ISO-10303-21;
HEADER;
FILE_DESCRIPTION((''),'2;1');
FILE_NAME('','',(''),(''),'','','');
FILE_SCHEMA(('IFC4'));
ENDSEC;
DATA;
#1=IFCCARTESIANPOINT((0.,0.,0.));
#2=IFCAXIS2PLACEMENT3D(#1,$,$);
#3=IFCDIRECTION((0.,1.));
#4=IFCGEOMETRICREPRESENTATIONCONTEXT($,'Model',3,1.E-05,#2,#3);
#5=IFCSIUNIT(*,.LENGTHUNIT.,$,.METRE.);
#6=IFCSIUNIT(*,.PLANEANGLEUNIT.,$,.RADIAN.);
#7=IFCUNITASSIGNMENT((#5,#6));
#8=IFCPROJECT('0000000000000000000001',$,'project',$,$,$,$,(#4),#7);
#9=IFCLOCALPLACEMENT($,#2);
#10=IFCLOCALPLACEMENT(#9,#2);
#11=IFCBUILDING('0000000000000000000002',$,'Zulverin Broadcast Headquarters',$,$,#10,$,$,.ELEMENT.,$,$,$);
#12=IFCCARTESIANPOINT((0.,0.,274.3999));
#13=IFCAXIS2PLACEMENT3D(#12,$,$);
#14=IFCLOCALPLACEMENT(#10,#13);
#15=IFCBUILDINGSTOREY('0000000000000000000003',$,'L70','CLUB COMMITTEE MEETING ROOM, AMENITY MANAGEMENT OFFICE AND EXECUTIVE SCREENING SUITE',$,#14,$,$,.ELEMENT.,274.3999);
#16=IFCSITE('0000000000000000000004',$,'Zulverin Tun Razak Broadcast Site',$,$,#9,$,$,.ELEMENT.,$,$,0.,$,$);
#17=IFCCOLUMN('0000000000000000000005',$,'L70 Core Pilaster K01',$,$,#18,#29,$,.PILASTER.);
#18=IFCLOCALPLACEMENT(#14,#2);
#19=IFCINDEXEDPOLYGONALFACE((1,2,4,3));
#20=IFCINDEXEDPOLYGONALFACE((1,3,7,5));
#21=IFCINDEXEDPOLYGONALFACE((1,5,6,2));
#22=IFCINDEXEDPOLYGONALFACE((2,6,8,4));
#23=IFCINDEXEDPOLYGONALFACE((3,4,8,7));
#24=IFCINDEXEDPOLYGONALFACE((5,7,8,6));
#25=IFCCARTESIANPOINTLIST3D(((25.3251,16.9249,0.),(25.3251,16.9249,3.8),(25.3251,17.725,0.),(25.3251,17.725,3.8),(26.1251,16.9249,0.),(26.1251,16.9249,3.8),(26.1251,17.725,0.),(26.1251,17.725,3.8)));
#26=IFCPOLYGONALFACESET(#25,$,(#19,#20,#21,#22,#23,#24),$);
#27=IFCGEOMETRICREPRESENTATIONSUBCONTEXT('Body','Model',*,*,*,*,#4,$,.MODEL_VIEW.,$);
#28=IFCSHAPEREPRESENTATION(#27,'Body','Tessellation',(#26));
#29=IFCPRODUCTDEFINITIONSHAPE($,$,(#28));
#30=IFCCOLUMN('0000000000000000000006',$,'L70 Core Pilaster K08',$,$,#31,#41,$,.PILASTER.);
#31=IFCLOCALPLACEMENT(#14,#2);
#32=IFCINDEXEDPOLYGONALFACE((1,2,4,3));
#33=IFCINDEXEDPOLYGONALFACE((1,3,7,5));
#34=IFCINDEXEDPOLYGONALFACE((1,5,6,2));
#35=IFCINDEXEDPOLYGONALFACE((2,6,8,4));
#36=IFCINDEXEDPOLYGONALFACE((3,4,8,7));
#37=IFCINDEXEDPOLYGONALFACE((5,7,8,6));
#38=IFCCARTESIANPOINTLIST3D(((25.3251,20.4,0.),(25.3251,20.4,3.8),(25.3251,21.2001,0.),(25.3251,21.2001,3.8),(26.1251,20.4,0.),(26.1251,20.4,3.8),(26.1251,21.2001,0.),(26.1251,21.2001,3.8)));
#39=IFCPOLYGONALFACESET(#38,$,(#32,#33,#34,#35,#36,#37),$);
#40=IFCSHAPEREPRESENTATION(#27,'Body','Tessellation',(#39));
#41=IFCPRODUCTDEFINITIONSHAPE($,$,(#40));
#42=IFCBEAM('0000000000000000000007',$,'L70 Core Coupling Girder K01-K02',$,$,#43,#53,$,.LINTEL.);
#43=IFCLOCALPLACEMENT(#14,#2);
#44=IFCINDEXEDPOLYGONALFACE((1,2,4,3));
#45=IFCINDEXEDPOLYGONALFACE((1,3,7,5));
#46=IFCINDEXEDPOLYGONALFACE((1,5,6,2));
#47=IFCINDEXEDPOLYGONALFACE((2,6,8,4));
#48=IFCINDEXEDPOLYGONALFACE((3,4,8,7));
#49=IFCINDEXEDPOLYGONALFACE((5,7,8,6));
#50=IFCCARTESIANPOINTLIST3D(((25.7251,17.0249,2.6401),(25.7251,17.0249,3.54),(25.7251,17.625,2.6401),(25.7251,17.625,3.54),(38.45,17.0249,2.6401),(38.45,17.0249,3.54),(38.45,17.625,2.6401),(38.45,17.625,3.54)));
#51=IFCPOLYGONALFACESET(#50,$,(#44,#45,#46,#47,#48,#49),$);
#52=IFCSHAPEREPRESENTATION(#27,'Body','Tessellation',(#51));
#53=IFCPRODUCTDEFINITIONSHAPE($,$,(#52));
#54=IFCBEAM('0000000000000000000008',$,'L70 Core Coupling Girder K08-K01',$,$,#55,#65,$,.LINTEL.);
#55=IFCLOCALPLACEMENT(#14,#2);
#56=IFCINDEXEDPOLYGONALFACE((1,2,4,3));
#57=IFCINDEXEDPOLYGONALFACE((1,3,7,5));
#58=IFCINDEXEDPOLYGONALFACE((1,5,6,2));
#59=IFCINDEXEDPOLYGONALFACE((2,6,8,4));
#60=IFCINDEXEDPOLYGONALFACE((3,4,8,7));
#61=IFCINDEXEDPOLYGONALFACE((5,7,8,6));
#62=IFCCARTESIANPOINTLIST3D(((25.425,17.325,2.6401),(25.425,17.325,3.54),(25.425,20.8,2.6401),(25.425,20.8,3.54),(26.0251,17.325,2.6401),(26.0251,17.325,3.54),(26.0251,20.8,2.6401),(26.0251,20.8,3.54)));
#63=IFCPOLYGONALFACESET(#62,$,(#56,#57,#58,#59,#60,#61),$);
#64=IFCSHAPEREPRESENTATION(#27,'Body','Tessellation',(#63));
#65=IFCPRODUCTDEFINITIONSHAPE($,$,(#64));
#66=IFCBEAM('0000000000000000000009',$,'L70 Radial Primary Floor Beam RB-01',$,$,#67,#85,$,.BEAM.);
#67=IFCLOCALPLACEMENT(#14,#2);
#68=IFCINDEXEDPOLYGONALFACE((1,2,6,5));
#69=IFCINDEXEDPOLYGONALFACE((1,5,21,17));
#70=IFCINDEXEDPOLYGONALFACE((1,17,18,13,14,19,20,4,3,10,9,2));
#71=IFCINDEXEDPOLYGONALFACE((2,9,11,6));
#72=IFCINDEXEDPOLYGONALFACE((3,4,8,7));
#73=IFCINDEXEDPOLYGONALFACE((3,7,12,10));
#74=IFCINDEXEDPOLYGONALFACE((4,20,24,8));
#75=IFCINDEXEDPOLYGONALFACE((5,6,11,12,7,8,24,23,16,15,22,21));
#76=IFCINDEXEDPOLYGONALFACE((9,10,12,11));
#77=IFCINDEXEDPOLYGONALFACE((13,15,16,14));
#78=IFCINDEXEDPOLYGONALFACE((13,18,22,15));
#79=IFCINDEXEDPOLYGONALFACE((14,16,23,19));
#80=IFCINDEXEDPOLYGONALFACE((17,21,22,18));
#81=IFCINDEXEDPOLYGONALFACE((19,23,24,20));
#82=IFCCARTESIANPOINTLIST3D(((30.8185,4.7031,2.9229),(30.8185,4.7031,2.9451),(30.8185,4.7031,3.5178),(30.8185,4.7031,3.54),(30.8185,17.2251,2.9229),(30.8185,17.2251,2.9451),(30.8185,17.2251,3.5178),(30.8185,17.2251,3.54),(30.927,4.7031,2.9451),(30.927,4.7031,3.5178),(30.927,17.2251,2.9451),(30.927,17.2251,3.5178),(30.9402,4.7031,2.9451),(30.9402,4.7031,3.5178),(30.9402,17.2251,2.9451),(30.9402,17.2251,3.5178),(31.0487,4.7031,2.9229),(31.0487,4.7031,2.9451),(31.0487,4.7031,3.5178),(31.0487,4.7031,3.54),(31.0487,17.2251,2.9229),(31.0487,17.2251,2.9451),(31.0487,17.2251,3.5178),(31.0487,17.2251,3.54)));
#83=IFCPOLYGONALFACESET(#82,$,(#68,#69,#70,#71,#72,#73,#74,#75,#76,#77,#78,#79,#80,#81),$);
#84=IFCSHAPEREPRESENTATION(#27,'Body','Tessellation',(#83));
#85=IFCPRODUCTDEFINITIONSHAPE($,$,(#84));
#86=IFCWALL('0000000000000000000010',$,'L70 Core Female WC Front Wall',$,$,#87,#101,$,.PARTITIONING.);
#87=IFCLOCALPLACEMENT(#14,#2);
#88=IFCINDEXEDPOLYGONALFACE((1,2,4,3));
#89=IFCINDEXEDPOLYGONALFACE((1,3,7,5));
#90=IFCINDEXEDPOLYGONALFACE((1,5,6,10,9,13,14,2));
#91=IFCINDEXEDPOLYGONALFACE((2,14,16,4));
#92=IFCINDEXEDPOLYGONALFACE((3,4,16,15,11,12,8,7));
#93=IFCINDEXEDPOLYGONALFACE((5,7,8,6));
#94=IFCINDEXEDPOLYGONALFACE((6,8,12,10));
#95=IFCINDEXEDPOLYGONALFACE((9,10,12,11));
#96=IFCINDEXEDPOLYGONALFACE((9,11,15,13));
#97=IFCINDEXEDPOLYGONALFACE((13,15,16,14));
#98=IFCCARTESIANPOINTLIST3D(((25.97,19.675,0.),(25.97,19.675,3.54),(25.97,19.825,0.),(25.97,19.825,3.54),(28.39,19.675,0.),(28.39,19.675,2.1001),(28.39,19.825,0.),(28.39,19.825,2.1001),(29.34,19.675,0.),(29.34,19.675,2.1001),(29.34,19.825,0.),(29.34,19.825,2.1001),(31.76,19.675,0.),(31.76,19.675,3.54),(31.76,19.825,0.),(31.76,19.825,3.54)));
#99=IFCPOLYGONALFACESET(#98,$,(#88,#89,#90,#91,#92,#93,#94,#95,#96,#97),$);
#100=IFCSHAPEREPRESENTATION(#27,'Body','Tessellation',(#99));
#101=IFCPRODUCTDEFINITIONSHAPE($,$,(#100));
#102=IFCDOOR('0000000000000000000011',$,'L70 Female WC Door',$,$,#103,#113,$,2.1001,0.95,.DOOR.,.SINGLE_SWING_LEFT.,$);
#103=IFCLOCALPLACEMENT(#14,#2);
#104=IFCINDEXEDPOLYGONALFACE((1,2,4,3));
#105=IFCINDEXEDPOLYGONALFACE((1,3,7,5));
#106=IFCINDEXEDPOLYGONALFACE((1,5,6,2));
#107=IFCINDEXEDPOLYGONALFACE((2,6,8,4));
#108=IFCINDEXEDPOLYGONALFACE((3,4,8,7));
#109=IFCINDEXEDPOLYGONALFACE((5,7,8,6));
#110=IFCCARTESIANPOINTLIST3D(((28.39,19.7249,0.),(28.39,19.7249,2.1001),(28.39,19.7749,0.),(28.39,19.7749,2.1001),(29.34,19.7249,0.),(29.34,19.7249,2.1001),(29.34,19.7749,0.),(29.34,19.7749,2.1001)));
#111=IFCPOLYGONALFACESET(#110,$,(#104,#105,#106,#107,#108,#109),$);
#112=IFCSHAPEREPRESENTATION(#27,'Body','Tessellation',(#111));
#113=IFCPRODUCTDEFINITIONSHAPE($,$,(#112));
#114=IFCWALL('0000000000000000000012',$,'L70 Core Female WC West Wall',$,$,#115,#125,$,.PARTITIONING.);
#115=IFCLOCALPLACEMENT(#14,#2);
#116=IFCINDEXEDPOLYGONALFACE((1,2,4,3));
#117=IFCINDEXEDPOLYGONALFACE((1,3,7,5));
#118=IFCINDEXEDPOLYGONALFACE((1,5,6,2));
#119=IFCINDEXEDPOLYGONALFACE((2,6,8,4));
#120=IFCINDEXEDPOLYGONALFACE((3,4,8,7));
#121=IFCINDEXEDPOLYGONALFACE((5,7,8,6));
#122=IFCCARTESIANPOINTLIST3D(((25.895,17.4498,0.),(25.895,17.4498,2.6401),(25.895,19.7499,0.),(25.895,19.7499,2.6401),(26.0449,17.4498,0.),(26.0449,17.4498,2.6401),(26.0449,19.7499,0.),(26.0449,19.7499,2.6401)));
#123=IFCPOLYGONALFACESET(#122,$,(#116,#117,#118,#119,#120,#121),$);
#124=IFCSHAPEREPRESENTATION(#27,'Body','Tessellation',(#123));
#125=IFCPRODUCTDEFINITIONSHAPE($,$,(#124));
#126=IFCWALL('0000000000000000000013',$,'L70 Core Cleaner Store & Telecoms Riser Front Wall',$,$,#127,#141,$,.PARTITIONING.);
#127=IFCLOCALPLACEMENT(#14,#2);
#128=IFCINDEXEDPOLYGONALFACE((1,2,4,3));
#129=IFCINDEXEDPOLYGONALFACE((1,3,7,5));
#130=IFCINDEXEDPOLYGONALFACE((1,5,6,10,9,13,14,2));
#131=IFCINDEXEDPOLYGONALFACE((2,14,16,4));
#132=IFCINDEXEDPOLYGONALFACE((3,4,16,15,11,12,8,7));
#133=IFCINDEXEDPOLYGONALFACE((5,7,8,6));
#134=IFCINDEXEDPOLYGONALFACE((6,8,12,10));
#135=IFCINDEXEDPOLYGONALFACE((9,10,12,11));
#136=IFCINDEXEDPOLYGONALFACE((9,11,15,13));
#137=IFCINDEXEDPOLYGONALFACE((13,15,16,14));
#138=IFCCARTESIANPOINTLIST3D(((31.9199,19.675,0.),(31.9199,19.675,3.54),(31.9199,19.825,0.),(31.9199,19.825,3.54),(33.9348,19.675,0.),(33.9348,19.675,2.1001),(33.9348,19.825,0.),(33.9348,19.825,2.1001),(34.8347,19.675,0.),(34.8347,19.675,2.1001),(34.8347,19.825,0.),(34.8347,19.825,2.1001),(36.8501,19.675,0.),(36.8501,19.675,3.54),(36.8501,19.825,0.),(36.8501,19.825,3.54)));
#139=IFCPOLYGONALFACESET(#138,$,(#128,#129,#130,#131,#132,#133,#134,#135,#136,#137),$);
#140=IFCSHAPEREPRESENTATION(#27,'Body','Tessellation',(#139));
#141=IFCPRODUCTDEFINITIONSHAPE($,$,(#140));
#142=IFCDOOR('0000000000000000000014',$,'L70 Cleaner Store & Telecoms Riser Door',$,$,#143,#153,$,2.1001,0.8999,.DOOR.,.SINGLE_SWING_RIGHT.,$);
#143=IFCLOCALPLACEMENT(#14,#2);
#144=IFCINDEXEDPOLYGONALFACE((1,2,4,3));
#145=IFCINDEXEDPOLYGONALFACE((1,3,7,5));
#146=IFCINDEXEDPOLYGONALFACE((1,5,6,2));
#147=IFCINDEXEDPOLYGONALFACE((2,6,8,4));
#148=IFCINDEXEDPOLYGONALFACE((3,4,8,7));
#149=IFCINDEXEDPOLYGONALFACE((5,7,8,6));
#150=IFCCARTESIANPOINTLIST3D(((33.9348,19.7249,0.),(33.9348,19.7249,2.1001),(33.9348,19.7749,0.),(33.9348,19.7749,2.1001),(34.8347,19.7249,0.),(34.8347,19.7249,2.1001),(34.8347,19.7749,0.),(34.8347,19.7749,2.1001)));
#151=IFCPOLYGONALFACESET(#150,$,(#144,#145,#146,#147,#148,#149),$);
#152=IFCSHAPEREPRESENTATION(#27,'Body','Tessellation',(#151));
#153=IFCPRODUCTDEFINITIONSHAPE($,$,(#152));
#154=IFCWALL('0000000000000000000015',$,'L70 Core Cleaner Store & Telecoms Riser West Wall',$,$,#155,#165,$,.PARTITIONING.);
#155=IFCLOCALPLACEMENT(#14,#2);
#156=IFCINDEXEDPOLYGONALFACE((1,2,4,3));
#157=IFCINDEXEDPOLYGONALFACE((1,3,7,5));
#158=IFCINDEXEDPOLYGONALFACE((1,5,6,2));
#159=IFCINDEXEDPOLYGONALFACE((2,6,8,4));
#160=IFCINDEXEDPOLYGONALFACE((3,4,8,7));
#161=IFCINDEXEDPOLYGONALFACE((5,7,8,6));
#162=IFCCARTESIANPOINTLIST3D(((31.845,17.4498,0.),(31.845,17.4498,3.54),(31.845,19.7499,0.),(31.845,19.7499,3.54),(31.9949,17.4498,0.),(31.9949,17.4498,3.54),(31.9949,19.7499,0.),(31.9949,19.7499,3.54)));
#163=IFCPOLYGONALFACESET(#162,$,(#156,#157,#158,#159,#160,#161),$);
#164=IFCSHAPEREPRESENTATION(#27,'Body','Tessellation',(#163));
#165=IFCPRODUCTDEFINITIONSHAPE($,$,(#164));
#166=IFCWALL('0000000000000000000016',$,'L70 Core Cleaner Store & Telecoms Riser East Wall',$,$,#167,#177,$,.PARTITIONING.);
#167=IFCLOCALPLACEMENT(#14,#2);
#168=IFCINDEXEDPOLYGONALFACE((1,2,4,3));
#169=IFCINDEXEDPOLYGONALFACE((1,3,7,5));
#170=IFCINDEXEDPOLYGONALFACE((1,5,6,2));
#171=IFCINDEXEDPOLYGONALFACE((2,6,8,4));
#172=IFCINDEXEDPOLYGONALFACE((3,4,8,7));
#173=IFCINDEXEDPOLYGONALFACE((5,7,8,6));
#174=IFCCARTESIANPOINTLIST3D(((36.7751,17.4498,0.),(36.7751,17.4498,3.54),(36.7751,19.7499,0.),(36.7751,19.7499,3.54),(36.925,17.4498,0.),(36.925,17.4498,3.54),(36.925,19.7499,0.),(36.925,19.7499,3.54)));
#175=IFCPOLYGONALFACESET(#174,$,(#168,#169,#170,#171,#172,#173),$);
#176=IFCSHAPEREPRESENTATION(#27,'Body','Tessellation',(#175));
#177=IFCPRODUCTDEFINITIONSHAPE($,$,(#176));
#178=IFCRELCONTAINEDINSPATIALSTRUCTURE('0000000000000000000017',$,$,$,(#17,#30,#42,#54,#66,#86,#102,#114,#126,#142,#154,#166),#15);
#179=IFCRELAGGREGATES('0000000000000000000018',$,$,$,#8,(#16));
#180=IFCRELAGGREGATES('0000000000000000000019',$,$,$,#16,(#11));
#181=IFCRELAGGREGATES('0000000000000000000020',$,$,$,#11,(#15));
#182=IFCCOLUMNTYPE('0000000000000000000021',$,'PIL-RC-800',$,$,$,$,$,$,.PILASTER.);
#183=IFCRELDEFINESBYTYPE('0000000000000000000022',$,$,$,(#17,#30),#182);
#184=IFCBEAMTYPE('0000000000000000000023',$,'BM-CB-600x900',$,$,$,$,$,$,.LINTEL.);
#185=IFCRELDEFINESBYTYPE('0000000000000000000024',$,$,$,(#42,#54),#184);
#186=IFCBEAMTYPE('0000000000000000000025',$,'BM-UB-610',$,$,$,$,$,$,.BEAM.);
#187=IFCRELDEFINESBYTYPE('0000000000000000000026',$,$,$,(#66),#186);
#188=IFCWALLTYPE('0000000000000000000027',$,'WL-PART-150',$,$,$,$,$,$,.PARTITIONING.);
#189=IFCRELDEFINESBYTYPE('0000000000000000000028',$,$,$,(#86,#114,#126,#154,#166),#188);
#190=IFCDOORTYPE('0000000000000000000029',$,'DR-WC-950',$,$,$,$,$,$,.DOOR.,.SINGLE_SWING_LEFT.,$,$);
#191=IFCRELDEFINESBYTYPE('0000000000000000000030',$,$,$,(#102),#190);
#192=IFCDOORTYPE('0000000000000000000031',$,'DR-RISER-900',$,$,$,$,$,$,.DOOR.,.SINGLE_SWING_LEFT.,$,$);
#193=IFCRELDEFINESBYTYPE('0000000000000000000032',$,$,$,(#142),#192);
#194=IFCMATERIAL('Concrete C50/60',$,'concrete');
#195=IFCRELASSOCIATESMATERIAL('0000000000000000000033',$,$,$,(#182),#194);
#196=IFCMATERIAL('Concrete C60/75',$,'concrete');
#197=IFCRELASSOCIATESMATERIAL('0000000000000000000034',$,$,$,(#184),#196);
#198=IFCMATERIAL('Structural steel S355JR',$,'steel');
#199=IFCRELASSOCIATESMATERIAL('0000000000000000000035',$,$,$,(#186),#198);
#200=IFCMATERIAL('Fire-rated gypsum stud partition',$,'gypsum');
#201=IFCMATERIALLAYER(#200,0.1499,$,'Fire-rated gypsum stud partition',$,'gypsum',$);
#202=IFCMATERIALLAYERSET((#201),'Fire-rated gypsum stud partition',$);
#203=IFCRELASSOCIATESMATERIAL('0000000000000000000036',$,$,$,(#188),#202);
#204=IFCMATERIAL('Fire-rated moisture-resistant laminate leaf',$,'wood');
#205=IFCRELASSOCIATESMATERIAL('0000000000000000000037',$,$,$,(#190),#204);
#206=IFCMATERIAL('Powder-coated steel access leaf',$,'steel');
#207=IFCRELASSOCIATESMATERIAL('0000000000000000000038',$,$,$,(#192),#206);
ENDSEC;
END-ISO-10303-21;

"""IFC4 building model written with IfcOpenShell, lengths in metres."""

from ifc_helpers import new_model, si_unit, direction, frame, frame_2d, origin, origin_2d, place, context, subcontext, project, spatial, rectangle, i_section, extrude, material, layer, layer_set, material_profile, profile_set, type_object, element, fill, save


model = new_model("IFC4")

# Units and contexts
model_context = context("Model", 3, precision=1e-05, world=origin(), true_north=direction((0.0, 1.0)))
body_context = subcontext(model_context, "Body", "Model", "MODEL_VIEW")
ifc_project = project(units=[si_unit("LENGTHUNIT", "METRE"), si_unit("PLANEANGLEUNIT", "RADIAN")], contexts=[model_context])

# Site, building, storey
site_placement = place(None, origin())
site = spatial("IfcSite", under=ifc_project, at=site_placement, Name="Zulverin Tun Razak Broadcast Site", CompositionType="ELEMENT", RefElevation=0.0)
building_placement = place(site_placement, origin())
building = spatial("IfcBuilding", under=site, at=building_placement, Name="Zulverin Broadcast Headquarters", CompositionType="ELEMENT")
storey_placement = place(building_placement, frame((0.0, 0.0, 274.3999)))
storey = spatial("IfcBuildingStorey", under=building, at=storey_placement, Name="L70", Description="CLUB COMMITTEE MEETING ROOM, AMENITY MANAGEMENT OFFICE AND EXECUTIVE SCREENING SUITE", CompositionType="ELEMENT", Elevation=274.3999)

# Columns
ifc_material_1 = material(Name="Concrete C50/60", Category="concrete")
ifc_material_profile_1 = material_profile(ifc_material_1, rectangle(XDim=0.8, YDim=0.8, at=origin_2d()), Name="Concrete C50/60", Category="concrete")
ifc_profile_set_1 = profile_set([ifc_material_profile_1], Name="Concrete C50/60")
column_type = type_object("IfcColumnType", Name="PIL-RC-800", PredefinedType="PILASTER", material=ifc_profile_set_1)
for number, where, z_axis, x_axis, name in (
    (1, (25.7251, 17.325, 0.0), (0.0, 0.0, 1.0), (1.0, 0.0, 0.0), "L70 Core Pilaster K01"),
    (2, (25.7251, 20.8, 0.0), (0.0, 0.0, 1.0), (1.0, 0.0, 0.0), "L70 Core Pilaster K08"),
):
    element("IfcColumn", number, at=place(storey_placement, frame(where, z_axis=z_axis, x_axis=x_axis)), inside=storey, type_object=column_type, Name=name, PredefinedType="PILASTER", context=body_context, shape_type="SweptSolid", body=[
        extrude(rectangle(XDim=0.8, YDim=0.8, at=origin_2d()), origin(), (0.0, 0.0, 1.0), 3.8),
    ])

# Beams
ifc_material_2 = material(Name="Concrete C60/75", Category="concrete")
ifc_material_profile_2 = material_profile(ifc_material_2, rectangle(XDim=0.6001, YDim=0.8999, at=origin_2d()), Name="Concrete C60/75", Category="concrete")
ifc_profile_set_2 = profile_set([ifc_material_profile_2], Name="Concrete C60/75")
beam_type_1 = type_object("IfcBeamType", Name="BM-CB-600x900", PredefinedType="LINTEL", material=ifc_profile_set_2)
beam_1_placement = place(storey_placement, frame((25.7251, 17.325, 3.0901), z_axis=(1.0, 0.0, 0.0), x_axis=(0.0, 1.0, 0.0)))
element("IfcBeam", 3, at=beam_1_placement, inside=storey, type_object=beam_type_1, Name="L70 Core Coupling Girder K01-K02", PredefinedType="LINTEL", context=body_context, shape_type="SweptSolid", body=[
    extrude(rectangle(XDim=0.6001, YDim=0.8999, at=origin_2d()), origin(), (0.0, 0.0, 1.0), 12.7249),
])
beam_2_placement = place(storey_placement, frame((25.7251, 20.8, 3.0901), z_axis=(0.0, -1.0, 0.0), x_axis=(1.0, 0.0, 0.0)))
element("IfcBeam", 4, at=beam_2_placement, inside=storey, type_object=beam_type_1, Name="L70 Core Coupling Girder K08-K01", PredefinedType="LINTEL", context=body_context, shape_type="SweptSolid", body=[
    extrude(rectangle(XDim=0.6001, YDim=0.8999, at=origin_2d()), origin(), (0.0, 0.0, 1.0), 3.4751),
])
ifc_material_3 = material(Name="Structural steel S355JR", Category="steel")
ifc_material_profile_3 = material_profile(ifc_material_3, i_section(OverallWidth=0.2302, OverallDepth=0.6172, WebThickness=0.0132, FlangeThickness=0.0222, at=origin_2d()), Name="Structural steel S355JR", Category="steel")
ifc_profile_set_3 = profile_set([ifc_material_profile_3], Name="Structural steel S355JR")
beam_type_2 = type_object("IfcBeamType", Name="BM-UB-610", PredefinedType="BEAM", material=ifc_profile_set_3)
beam_3_placement = place(storey_placement, frame((30.9336, 17.2251, 3.2314), z_axis=(0.0, -1.0, 0.0), x_axis=(1.0, 0.0, 0.0)))
element("IfcBeam", 5, at=beam_3_placement, inside=storey, type_object=beam_type_2, Name="L70 Radial Primary Floor Beam RB-01", PredefinedType="BEAM", context=body_context, shape_type="SweptSolid", body=[
    extrude(i_section(OverallWidth=0.2302, OverallDepth=0.6172, WebThickness=0.0132, FlangeThickness=0.0222, at=origin_2d()), origin(), (0.0, 0.0, 1.0), 12.522),
])

# Wall, opening, door
ifc_material_4 = material(Name="Fire-rated gypsum stud partition", Category="gypsum")
ifc_layer = layer(ifc_material_4, 0.1499, Name="Fire-rated gypsum stud partition", Category="gypsum")
ifc_layer_set = layer_set([ifc_layer], Name="Fire-rated gypsum stud partition")
wall_type = type_object("IfcWallType", Name="WL-PART-150", PredefinedType="PARTITIONING", material=ifc_layer_set)
wall_1_placement = place(storey_placement, frame((25.97, 19.75, 0.0), z_axis=(0.0, 0.0, 1.0), x_axis=(1.0, 0.0, 0.0)))
wall_1 = element("IfcWall", 6, at=wall_1_placement, inside=storey, type_object=wall_type, Name="L70 Core Female WC Front Wall", PredefinedType="PARTITIONING", context=body_context, shape_type="SweptSolid", body=[
    extrude(rectangle(XDim=5.79, YDim=0.1499, at=frame_2d((2.895, 0.0))), origin(), (0.0, 0.0, 1.0), 3.54),
])
opening_1_placement = place(wall_1_placement, frame((2.4199, 0.0, 0.0)))
opening_1 = element("IfcOpeningElement", 7, at=opening_1_placement, cuts=wall_1, PredefinedType="OPENING", context=body_context, shape_type="SweptSolid", body=[
    extrude(rectangle(XDim=0.95, YDim=2.1001, at=frame_2d((0.4751, 1.05))), frame((0.0, 0.085, 0.0), z_axis=(0.0, -1.0, 0.0), x_axis=(1.0, 0.0, 0.0)), (0.0, 0.0, 1.0), 0.1699),
])
ifc_material_5 = material(Name="Fire-rated moisture-resistant laminate leaf", Category="wood")
door_type_1 = type_object("IfcDoorType", Name="DR-WC-950", OperationType="SINGLE_SWING_LEFT", PredefinedType="DOOR", material=ifc_material_5)
door_1_placement = place(opening_1_placement, origin())
door_1 = element("IfcDoor", 8, at=door_1_placement, inside=storey, type_object=door_type_1, Name="L70 Female WC Door", OperationType="SINGLE_SWING_LEFT", OverallHeight=2.1001, OverallWidth=0.95, PredefinedType="DOOR", context=body_context, shape_type="SweptSolid", body=[
    extrude(rectangle(XDim=0.95, YDim=2.1001, at=frame_2d((0.4751, 1.05))), frame((0.0, 0.0249, 0.0), z_axis=(0.0, -1.0, 0.0), x_axis=(1.0, 0.0, 0.0)), (0.0, 0.0, 1.0), 0.05),
])
fill(opening_1, door_1)

# Wall
wall_2_placement = place(storey_placement, frame((25.97, 17.45, 0.0), z_axis=(0.0, 0.0, 1.0), x_axis=(0.0, 1.0, 0.0)))
element("IfcWall", 9, at=wall_2_placement, inside=storey, type_object=wall_type, Name="L70 Core Female WC West Wall", PredefinedType="PARTITIONING", context=body_context, shape_type="SweptSolid", body=[
    extrude(rectangle(XDim=2.3, YDim=0.1499, at=frame_2d((1.1499, 0.0))), origin(), (0.0, 0.0, 1.0), 2.6401),
])

# Wall, opening, door
wall_3_placement = place(storey_placement, frame((31.9199, 19.75, 0.0), z_axis=(0.0, 0.0, 1.0), x_axis=(1.0, 0.0, 0.0)))
wall_3 = element("IfcWall", 10, at=wall_3_placement, inside=storey, type_object=wall_type, Name="L70 Core Cleaner Store & Telecoms Riser Front Wall", PredefinedType="PARTITIONING", context=body_context, shape_type="SweptSolid", body=[
    extrude(rectangle(XDim=4.9302, YDim=0.1499, at=frame_2d((2.4651, 0.0))), origin(), (0.0, 0.0, 1.0), 3.54),
])
opening_2_placement = place(wall_3_placement, frame((2.0149, 0.0, 0.0)))
opening_2 = element("IfcOpeningElement", 11, at=opening_2_placement, cuts=wall_3, PredefinedType="OPENING", context=body_context, shape_type="SweptSolid", body=[
    extrude(rectangle(XDim=0.8999, YDim=2.1001, at=frame_2d((0.45, 1.05))), frame((0.0, 0.085, 0.0), z_axis=(0.0, -1.0, 0.0), x_axis=(1.0, 0.0, 0.0)), (0.0, 0.0, 1.0), 0.1699),
])
ifc_material_6 = material(Name="Powder-coated steel access leaf", Category="steel")
door_type_2 = type_object("IfcDoorType", Name="DR-RISER-900", OperationType="SINGLE_SWING_LEFT", PredefinedType="DOOR", material=ifc_material_6)
door_2_placement = place(opening_2_placement, origin())
door_2 = element("IfcDoor", 12, at=door_2_placement, inside=storey, type_object=door_type_2, Name="L70 Cleaner Store & Telecoms Riser Door", OperationType="SINGLE_SWING_RIGHT", OverallHeight=2.1001, OverallWidth=0.8999, PredefinedType="DOOR", context=body_context, shape_type="SweptSolid", body=[
    extrude(rectangle(XDim=0.8999, YDim=2.1001, at=frame_2d((0.45, 1.05))), frame((0.0, 0.0249, 0.0), z_axis=(0.0, -1.0, 0.0), x_axis=(1.0, 0.0, 0.0)), (0.0, 0.0, 1.0), 0.05),
])
fill(opening_2, door_2)

# Walls
for number, where, z_axis, x_axis, name in (
    (13, (31.9199, 17.45, 0.0), (0.0, 0.0, 1.0), (0.0, 1.0, 0.0), "L70 Core Cleaner Store & Telecoms Riser West Wall"),
    (14, (36.8501, 17.45, 0.0), (0.0, 0.0, 1.0), (0.0, 1.0, 0.0), "L70 Core Cleaner Store & Telecoms Riser East Wall"),
):
    element("IfcWall", number, at=place(storey_placement, frame(where, z_axis=z_axis, x_axis=x_axis)), inside=storey, type_object=wall_type, Name=name, PredefinedType="PARTITIONING", context=body_context, shape_type="SweptSolid", body=[
        extrude(rectangle(XDim=2.3, YDim=0.1499, at=frame_2d((1.1499, 0.0))), origin(), (0.0, 0.0, 1.0), 3.54),
    ])

save(model, "model.ifc")
